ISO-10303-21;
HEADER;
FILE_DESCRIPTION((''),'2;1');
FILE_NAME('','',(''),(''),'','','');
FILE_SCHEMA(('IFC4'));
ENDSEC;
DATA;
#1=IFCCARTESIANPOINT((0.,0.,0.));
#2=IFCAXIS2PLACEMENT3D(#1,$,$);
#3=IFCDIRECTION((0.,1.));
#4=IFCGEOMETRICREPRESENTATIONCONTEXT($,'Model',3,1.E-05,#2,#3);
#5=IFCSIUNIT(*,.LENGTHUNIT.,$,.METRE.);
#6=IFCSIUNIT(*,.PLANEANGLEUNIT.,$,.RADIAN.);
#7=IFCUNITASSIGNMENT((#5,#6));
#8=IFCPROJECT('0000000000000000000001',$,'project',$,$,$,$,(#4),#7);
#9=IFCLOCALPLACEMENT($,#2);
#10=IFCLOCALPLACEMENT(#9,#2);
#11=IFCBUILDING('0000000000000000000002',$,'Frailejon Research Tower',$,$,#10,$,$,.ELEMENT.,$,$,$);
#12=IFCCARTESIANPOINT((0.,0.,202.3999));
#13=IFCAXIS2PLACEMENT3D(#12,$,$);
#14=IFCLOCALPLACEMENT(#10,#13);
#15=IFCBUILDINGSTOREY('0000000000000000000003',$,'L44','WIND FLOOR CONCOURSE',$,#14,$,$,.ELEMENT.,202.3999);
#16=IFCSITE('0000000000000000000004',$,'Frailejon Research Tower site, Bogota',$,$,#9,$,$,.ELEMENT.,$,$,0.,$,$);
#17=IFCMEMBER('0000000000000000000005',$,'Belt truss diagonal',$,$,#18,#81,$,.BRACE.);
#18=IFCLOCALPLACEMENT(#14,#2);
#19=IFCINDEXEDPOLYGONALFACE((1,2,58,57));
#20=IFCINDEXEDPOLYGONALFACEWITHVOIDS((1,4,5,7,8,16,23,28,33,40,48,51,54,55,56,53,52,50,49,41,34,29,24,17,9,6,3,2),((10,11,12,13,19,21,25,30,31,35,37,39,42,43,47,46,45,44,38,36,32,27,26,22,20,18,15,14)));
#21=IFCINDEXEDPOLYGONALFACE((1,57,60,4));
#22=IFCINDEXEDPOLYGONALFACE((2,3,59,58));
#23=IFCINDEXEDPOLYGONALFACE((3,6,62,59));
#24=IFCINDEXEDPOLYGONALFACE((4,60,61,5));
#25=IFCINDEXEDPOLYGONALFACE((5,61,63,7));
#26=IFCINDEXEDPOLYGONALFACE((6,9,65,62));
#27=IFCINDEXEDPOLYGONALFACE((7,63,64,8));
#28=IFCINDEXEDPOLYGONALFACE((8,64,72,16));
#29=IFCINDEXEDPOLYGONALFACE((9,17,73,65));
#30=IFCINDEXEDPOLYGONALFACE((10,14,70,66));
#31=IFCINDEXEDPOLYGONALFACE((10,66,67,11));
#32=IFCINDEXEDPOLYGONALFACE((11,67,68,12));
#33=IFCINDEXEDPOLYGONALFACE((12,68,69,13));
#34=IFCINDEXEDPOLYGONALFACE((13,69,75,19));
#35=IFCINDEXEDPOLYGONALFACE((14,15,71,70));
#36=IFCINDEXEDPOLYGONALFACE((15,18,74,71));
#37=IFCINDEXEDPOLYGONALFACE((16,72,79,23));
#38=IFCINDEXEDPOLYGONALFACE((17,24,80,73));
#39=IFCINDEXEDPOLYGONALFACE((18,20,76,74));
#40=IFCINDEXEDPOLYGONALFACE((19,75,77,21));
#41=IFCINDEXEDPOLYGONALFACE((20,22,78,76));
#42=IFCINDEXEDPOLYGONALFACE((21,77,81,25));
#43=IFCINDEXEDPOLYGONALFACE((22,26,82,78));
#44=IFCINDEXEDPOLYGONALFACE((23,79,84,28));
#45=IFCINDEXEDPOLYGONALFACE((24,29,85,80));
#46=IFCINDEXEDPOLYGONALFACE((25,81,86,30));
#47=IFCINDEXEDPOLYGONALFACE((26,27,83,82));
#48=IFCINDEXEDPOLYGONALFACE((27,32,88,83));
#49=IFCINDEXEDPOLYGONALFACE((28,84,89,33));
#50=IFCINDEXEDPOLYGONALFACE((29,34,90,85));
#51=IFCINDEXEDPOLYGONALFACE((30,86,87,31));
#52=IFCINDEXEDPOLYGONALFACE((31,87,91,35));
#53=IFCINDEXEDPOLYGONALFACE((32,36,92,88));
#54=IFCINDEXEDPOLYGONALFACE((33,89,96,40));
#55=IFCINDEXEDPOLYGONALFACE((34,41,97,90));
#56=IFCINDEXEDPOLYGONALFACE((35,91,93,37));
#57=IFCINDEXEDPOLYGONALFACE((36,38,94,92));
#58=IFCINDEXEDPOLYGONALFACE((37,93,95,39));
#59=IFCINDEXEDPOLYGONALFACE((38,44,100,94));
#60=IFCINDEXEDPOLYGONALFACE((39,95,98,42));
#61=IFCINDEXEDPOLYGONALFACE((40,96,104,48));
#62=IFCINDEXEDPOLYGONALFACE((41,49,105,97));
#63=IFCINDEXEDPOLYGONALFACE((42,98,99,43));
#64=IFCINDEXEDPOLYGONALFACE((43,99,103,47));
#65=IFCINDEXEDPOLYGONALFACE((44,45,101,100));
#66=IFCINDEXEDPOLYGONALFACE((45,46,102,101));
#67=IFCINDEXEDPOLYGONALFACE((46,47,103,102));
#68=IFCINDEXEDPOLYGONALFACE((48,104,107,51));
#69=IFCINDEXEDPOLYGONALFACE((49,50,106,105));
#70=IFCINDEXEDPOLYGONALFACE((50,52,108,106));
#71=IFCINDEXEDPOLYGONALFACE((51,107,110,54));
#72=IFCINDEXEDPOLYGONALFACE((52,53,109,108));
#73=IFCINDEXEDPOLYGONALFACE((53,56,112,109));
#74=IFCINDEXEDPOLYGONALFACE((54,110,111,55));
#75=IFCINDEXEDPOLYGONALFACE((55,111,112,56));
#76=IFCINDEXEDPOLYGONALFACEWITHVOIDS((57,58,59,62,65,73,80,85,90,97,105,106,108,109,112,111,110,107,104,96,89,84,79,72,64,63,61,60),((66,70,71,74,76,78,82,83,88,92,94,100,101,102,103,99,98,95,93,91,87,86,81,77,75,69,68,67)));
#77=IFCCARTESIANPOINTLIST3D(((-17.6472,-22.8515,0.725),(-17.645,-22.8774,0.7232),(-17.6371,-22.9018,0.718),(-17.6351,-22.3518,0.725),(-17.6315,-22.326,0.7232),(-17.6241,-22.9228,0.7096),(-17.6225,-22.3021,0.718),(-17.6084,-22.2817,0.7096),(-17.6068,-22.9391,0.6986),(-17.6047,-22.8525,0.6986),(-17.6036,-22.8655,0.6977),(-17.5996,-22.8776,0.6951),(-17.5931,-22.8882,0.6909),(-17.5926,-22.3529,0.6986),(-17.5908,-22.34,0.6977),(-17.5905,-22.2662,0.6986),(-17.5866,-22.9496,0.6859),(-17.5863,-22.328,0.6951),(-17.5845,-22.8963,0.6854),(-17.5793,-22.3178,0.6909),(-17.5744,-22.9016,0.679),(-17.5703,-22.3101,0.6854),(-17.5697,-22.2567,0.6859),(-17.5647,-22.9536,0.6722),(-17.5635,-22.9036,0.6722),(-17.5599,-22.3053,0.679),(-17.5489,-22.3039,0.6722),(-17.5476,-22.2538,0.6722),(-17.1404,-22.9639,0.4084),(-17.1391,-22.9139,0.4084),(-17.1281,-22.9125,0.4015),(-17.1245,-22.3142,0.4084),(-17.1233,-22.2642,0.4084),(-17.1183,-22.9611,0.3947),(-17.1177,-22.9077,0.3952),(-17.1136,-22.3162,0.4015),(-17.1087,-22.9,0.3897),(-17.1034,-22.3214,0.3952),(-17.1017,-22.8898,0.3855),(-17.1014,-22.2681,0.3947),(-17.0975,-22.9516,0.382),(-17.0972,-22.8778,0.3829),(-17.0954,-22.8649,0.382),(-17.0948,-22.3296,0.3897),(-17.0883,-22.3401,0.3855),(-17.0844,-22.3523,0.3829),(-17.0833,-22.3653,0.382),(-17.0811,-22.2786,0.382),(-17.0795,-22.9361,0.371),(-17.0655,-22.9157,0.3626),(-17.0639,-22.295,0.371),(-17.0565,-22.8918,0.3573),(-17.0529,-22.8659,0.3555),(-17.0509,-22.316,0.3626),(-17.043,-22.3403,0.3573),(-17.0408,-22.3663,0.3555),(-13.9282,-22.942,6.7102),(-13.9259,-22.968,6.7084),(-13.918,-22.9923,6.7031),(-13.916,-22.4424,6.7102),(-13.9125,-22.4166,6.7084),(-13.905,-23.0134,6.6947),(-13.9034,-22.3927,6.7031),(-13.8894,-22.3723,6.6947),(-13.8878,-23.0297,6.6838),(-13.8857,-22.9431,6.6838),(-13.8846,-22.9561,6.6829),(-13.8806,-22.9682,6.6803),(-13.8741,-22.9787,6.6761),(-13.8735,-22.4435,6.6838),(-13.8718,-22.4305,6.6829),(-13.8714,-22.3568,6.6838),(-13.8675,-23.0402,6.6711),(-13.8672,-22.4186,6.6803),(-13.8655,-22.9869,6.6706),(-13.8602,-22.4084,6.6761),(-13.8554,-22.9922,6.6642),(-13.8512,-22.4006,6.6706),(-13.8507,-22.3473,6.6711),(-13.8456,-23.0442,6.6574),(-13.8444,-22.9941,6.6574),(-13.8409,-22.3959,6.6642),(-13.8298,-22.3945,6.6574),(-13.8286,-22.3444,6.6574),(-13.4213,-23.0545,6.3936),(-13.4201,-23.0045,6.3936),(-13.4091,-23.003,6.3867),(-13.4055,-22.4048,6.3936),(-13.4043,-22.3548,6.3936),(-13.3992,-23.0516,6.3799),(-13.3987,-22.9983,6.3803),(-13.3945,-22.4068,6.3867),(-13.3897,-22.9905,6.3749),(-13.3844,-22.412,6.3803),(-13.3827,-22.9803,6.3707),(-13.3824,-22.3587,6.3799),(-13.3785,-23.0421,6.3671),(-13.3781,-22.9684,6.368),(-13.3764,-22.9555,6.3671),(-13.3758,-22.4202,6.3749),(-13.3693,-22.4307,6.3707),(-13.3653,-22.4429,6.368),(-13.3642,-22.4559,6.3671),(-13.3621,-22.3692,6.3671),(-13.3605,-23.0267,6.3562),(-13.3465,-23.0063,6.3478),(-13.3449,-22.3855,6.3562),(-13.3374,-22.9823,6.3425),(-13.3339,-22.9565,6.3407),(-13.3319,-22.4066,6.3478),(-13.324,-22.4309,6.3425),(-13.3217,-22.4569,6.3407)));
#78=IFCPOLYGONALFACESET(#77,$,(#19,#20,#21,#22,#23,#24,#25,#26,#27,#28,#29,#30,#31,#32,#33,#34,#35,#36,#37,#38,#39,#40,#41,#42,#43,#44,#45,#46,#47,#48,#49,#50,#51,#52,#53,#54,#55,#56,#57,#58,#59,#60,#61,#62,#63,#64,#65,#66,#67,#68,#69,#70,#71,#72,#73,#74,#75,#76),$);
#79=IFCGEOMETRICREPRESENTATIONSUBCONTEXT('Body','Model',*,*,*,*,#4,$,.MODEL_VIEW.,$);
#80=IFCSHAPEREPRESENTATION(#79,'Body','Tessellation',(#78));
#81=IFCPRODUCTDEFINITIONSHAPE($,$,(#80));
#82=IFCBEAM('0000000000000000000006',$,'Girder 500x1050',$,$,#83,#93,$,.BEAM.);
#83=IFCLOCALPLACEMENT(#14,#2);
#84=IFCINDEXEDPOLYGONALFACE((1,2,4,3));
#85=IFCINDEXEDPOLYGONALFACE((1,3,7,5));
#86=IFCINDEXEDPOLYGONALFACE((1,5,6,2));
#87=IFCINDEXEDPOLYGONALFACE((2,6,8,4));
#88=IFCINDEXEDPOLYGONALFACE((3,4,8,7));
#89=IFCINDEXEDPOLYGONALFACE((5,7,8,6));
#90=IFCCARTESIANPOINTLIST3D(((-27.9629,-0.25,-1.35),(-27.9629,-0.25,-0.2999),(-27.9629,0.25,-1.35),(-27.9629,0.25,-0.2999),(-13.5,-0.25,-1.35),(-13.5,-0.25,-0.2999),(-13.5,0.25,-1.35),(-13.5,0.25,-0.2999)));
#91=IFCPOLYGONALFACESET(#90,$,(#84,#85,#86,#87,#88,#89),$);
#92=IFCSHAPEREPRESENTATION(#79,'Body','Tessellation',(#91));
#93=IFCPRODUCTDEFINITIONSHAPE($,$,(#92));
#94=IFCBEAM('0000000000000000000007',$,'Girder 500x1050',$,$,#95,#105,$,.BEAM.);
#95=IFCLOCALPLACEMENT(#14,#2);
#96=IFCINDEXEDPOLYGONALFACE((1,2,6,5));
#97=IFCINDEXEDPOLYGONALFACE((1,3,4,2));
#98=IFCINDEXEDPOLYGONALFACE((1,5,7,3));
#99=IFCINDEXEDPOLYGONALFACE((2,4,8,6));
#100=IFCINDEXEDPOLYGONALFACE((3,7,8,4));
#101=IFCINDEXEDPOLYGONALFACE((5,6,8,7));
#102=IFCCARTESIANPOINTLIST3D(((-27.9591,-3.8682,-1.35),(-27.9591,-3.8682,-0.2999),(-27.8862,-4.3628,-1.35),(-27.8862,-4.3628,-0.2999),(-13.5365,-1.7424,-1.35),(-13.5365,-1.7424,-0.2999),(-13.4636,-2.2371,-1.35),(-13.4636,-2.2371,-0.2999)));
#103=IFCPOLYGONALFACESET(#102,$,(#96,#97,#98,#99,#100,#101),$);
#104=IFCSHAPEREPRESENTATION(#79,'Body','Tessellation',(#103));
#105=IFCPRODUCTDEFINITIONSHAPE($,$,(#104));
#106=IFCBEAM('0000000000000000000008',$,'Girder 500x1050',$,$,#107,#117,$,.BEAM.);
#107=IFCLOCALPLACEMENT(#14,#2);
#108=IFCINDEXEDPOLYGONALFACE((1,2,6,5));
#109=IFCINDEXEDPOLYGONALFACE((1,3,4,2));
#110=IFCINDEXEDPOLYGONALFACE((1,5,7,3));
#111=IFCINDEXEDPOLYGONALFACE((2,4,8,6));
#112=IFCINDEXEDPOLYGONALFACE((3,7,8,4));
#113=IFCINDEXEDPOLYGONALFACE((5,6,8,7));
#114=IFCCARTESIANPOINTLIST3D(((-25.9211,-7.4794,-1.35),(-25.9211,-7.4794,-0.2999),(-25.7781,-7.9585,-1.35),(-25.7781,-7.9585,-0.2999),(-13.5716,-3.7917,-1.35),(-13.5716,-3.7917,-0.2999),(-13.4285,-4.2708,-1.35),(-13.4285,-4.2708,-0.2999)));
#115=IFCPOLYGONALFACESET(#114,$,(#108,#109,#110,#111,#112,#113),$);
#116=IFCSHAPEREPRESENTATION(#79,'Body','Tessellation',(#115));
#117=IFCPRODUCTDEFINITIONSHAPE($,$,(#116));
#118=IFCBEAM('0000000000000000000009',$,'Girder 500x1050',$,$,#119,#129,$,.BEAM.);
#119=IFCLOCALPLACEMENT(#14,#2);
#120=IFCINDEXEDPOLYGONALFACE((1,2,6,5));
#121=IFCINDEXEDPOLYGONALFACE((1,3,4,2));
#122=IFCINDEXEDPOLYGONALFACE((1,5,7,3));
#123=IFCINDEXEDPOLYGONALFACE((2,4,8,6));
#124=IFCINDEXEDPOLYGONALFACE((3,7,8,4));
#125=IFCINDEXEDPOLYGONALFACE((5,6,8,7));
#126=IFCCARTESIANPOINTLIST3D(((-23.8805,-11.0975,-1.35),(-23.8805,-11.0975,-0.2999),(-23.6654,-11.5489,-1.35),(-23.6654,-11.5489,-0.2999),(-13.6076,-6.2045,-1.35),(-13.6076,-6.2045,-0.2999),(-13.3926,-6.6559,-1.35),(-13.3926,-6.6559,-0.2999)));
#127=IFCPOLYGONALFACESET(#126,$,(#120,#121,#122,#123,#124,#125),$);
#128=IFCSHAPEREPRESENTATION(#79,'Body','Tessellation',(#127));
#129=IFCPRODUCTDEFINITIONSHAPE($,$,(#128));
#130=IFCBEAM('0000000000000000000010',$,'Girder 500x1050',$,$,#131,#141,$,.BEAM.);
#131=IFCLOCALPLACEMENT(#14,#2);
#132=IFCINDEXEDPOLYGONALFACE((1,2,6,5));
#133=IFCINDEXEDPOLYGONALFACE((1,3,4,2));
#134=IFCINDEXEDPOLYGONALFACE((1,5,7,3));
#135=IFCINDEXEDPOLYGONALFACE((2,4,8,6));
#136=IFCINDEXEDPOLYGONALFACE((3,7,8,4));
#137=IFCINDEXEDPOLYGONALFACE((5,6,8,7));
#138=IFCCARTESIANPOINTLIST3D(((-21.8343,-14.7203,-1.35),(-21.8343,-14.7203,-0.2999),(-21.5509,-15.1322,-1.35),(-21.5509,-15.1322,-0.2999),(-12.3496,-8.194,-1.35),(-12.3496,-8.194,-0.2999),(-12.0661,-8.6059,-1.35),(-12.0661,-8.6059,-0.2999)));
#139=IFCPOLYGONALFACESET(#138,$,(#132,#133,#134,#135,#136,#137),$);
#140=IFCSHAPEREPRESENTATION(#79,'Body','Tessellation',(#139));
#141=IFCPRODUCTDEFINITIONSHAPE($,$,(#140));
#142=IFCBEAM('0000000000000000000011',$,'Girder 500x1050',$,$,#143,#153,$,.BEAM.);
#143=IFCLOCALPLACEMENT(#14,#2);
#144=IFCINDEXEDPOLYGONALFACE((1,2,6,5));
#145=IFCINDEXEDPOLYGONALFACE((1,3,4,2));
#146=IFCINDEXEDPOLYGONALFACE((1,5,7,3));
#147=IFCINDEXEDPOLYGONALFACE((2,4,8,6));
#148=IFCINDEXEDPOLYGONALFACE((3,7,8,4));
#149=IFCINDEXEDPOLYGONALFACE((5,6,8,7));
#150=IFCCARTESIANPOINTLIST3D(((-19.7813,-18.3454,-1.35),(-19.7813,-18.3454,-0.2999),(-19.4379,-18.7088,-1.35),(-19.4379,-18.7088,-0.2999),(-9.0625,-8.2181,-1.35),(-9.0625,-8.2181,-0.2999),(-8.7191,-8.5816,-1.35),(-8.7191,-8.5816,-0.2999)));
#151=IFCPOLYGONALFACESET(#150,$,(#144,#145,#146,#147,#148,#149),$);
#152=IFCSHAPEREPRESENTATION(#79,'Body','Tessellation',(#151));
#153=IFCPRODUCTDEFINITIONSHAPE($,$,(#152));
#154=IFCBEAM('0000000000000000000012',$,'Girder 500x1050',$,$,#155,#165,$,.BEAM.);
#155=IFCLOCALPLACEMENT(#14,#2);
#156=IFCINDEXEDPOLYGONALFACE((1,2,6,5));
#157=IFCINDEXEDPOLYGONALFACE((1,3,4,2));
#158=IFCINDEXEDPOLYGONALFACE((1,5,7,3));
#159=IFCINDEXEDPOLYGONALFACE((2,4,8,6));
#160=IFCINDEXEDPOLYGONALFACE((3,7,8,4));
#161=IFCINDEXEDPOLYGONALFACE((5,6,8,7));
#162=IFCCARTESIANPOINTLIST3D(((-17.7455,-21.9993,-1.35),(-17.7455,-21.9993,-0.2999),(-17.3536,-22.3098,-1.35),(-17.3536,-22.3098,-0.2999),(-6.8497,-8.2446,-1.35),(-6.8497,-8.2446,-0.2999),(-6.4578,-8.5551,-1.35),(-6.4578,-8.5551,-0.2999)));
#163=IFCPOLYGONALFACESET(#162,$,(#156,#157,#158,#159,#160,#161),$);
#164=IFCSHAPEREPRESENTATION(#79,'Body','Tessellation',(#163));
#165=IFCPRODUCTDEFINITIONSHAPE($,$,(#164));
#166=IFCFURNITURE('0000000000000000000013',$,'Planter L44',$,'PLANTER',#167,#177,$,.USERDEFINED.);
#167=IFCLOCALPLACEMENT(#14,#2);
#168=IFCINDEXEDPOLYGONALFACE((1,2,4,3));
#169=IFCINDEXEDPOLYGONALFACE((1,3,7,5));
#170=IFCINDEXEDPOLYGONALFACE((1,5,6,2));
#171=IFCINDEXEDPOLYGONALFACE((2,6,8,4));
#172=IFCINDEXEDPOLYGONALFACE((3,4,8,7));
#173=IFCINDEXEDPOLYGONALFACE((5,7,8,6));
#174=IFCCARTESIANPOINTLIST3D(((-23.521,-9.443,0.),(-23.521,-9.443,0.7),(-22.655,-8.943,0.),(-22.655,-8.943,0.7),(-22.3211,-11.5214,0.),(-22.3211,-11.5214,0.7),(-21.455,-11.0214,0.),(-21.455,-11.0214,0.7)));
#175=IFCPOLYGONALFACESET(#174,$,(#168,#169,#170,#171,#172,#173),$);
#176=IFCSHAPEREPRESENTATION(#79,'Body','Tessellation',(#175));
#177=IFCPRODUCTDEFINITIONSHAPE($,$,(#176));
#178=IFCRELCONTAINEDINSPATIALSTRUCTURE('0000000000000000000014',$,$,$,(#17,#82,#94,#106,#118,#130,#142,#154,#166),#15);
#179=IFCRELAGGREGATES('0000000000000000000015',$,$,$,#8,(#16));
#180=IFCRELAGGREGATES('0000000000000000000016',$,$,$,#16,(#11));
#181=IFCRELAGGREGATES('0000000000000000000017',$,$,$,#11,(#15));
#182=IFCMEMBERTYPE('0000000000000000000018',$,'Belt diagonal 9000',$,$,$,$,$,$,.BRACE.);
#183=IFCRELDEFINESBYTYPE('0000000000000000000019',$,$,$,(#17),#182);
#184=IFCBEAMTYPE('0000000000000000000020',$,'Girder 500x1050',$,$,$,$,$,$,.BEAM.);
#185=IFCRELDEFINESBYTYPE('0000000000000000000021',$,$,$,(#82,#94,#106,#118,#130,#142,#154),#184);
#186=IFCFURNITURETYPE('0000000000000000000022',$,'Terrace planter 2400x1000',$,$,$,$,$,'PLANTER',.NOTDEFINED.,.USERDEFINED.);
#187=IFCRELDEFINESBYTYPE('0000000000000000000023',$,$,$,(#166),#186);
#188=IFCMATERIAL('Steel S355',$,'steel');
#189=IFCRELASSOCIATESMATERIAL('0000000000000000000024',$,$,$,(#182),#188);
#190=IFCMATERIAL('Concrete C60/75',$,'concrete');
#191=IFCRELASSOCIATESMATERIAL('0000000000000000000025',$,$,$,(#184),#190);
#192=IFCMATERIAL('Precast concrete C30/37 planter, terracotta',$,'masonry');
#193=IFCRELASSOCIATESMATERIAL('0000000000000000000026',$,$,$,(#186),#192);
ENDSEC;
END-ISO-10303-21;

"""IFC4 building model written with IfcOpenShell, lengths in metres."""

from ifc_helpers import new_model, si_unit, direction, frame, origin, origin_2d, place, context, subcontext, project, spatial, rectangle, hollow_rectangle, extrude, material, material_profile, profile_set, type_object, element, save


model = new_model("IFC4")

# Units and contexts
model_context = context("Model", 3, precision=1e-05, world=origin(), true_north=direction((0.0, 1.0)))
body_context = subcontext(model_context, "Body", "Model", "MODEL_VIEW")
ifc_project = project(units=[si_unit("LENGTHUNIT", "METRE"), si_unit("PLANEANGLEUNIT", "RADIAN")], contexts=[model_context])

# Site, building, storey
site_placement = place(None, origin())
site = spatial("IfcSite", under=ifc_project, at=site_placement, Name="Frailejon Research Tower site, Bogota", CompositionType="ELEMENT", RefElevation=0.0)
building_placement = place(site_placement, origin())
building = spatial("IfcBuilding", under=site, at=building_placement, Name="Frailejon Research Tower", CompositionType="ELEMENT")
storey_placement = place(building_placement, frame((0.0, 0.0, 202.3999)))
storey = spatial("IfcBuildingStorey", under=building, at=storey_placement, Name="L44", Description="WIND FLOOR CONCOURSE", CompositionType="ELEMENT", Elevation=202.3999)

# Member
ifc_material_1 = material(Name="Steel S355", Category="steel")
ifc_material_profile_1 = material_profile(ifc_material_1, hollow_rectangle(XDim=0.7, YDim=0.7, WallThickness=0.05, InnerFilletRadius=0.05, OuterFilletRadius=0.1001, at=origin_2d()), Name="Belt diagonal 9000")
ifc_profile_set_1 = profile_set([ifc_material_profile_1], Name="Steel S355")
member_type = type_object("IfcMemberType", Name="Belt diagonal 9000", PredefinedType="BRACE", material=ifc_profile_set_1)
member_1_placement = place(storey_placement, frame((-17.344, -22.6089, 0.5403), z_axis=(0.527739, -0.012853, 0.849309), x_axis=(0.024348, 0.999704, 0.0)))
element("IfcMember", 1, at=member_1_placement, inside=storey, type_object=member_type, Name="Belt truss diagonal", PredefinedType="BRACE", context=body_context, shape_type="SweptSolid", body=[
    extrude(hollow_rectangle(XDim=0.7, YDim=0.7, WallThickness=0.05, InnerFilletRadius=0.05, OuterFilletRadius=0.1001, at=origin_2d()), origin(), (0.0, 0.0, 1.0), 7.0471),
])

# Beams
ifc_material_2 = material(Name="Concrete C60/75", Category="concrete")
ifc_material_profile_2 = material_profile(ifc_material_2, rectangle(XDim=0.5, YDim=1.05, at=origin_2d()), Name="Girder 500x1050")
ifc_profile_set_2 = profile_set([ifc_material_profile_2], Name="Concrete C60/75")
beam_type_1 = type_object("IfcBeamType", Name="Girder 500x1050", PredefinedType="BEAM", material=ifc_profile_set_2)
beam_1_placement = place(storey_placement, frame((-27.9629, 0.0, -0.825), z_axis=(1.0, 0.0, 0.0), x_axis=(0.0, 1.0, 0.0)))
element("IfcBeam", 2, at=beam_1_placement, inside=storey, type_object=beam_type_1, Name="Girder 500x1050", PredefinedType="BEAM", context=body_context, shape_type="SweptSolid", body=[
    extrude(rectangle(XDim=0.5, YDim=1.05, at=origin_2d()), origin(), (0.0, 0.0, 1.0), 14.4629),
])
beam_2_placement = place(storey_placement, frame((-27.9226, -4.1155, -0.825), z_axis=(0.989312, 0.145814, 0.0), x_axis=(-0.145814, 0.989312, 0.0)))
element("IfcBeam", 3, at=beam_2_placement, inside=storey, type_object=beam_type_1, Name="Girder 500x1050", PredefinedType="BEAM", context=body_context, shape_type="SweptSolid", body=[
    extrude(rectangle(XDim=0.5, YDim=1.05, at=origin_2d()), origin(), (0.0, 0.0, 1.0), 14.5784),
])
beam_3_placement = place(storey_placement, frame((-25.8496, -7.719, -0.825), z_axis=(0.958191, 0.286128, 0.0), x_axis=(-0.286128, 0.958191, 0.0)))
element("IfcBeam", 4, at=beam_3_placement, inside=storey, type_object=beam_type_1, Name="Girder 500x1050", PredefinedType="BEAM", context=body_context, shape_type="SweptSolid", body=[
    extrude(rectangle(XDim=0.5, YDim=1.05, at=origin_2d()), origin(), (0.0, 0.0, 1.0), 12.8884),
])
beam_4_placement = place(storey_placement, frame((-23.7729, -11.3232, -0.825), z_axis=(0.90282, 0.430019, 0.0), x_axis=(-0.430019, 0.90282, 0.0)))
element("IfcBeam", 5, at=beam_4_placement, inside=storey, type_object=beam_type_1, Name="Girder 500x1050", PredefinedType="BEAM", context=body_context, shape_type="SweptSolid", body=[
    extrude(rectangle(XDim=0.5, YDim=1.05, at=origin_2d()), origin(), (0.0, 0.0, 1.0), 11.3787),
])
beam_5_placement = place(storey_placement, frame((-21.6926, -14.9263, -0.825), z_axis=(0.823818, 0.566855, 0.0), x_axis=(-0.566855, 0.823818, 0.0)))
element("IfcBeam", 6, at=beam_5_placement, inside=storey, type_object=beam_type_1, Name="Girder 500x1050", PredefinedType="BEAM", context=body_context, shape_type="SweptSolid", body=[
    extrude(rectangle(XDim=0.5, YDim=1.05, at=origin_2d()), origin(), (0.0, 0.0, 1.0), 11.5132),
])
beam_6_placement = place(storey_placement, frame((-19.6096, -18.5271, -0.825), z_axis=(0.72688, 0.686765, 0.0), x_axis=(-0.686765, 0.72688, 0.0)))
element("IfcBeam", 7, at=beam_6_placement, inside=storey, type_object=beam_type_1, Name="Girder 500x1050", PredefinedType="BEAM", context=body_context, shape_type="SweptSolid", body=[
    extrude(rectangle(XDim=0.5, YDim=1.05, at=origin_2d()), origin(), (0.0, 0.0, 1.0), 14.7463),
])
beam_7_placement = place(storey_placement, frame((-17.5496, -22.1545, -0.825), z_axis=(0.620936, 0.783861, 0.0), x_axis=(-0.783861, 0.620936, 0.0)))
element("IfcBeam", 8, at=beam_7_placement, inside=storey, type_object=beam_type_1, Name="Girder 500x1050", PredefinedType="BEAM", context=body_context, shape_type="SweptSolid", body=[
    extrude(rectangle(XDim=0.5, YDim=1.05, at=origin_2d()), origin(), (0.0, 0.0, 1.0), 17.5474),
])

# Furniture
ifc_material_3 = material(Name="Precast concrete C30/37 planter, terracotta", Category="masonry")
furniture_type = type_object("IfcFurnitureType", Name="Terrace planter 2400x1000", ElementType="PLANTER", AssemblyPlace="NOTDEFINED", PredefinedType="USERDEFINED", material=ifc_material_3)
furniture_placement = place(storey_placement, frame((-22.488, -10.2322, 0.0), z_axis=(0.0, 0.0, 1.0), x_axis=(0.5, -0.866025, 0.0)))
element("IfcFurniture", 9, at=furniture_placement, inside=storey, type_object=furniture_type, Name="Planter L44", ObjectType="PLANTER", PredefinedType="USERDEFINED", context=body_context, shape_type="SweptSolid", body=[
    extrude(rectangle(XDim=2.3999, YDim=1.0, at=origin_2d()), origin(), (0.0, 0.0, 1.0), 0.7),
])

save(model, "model.ifc")
